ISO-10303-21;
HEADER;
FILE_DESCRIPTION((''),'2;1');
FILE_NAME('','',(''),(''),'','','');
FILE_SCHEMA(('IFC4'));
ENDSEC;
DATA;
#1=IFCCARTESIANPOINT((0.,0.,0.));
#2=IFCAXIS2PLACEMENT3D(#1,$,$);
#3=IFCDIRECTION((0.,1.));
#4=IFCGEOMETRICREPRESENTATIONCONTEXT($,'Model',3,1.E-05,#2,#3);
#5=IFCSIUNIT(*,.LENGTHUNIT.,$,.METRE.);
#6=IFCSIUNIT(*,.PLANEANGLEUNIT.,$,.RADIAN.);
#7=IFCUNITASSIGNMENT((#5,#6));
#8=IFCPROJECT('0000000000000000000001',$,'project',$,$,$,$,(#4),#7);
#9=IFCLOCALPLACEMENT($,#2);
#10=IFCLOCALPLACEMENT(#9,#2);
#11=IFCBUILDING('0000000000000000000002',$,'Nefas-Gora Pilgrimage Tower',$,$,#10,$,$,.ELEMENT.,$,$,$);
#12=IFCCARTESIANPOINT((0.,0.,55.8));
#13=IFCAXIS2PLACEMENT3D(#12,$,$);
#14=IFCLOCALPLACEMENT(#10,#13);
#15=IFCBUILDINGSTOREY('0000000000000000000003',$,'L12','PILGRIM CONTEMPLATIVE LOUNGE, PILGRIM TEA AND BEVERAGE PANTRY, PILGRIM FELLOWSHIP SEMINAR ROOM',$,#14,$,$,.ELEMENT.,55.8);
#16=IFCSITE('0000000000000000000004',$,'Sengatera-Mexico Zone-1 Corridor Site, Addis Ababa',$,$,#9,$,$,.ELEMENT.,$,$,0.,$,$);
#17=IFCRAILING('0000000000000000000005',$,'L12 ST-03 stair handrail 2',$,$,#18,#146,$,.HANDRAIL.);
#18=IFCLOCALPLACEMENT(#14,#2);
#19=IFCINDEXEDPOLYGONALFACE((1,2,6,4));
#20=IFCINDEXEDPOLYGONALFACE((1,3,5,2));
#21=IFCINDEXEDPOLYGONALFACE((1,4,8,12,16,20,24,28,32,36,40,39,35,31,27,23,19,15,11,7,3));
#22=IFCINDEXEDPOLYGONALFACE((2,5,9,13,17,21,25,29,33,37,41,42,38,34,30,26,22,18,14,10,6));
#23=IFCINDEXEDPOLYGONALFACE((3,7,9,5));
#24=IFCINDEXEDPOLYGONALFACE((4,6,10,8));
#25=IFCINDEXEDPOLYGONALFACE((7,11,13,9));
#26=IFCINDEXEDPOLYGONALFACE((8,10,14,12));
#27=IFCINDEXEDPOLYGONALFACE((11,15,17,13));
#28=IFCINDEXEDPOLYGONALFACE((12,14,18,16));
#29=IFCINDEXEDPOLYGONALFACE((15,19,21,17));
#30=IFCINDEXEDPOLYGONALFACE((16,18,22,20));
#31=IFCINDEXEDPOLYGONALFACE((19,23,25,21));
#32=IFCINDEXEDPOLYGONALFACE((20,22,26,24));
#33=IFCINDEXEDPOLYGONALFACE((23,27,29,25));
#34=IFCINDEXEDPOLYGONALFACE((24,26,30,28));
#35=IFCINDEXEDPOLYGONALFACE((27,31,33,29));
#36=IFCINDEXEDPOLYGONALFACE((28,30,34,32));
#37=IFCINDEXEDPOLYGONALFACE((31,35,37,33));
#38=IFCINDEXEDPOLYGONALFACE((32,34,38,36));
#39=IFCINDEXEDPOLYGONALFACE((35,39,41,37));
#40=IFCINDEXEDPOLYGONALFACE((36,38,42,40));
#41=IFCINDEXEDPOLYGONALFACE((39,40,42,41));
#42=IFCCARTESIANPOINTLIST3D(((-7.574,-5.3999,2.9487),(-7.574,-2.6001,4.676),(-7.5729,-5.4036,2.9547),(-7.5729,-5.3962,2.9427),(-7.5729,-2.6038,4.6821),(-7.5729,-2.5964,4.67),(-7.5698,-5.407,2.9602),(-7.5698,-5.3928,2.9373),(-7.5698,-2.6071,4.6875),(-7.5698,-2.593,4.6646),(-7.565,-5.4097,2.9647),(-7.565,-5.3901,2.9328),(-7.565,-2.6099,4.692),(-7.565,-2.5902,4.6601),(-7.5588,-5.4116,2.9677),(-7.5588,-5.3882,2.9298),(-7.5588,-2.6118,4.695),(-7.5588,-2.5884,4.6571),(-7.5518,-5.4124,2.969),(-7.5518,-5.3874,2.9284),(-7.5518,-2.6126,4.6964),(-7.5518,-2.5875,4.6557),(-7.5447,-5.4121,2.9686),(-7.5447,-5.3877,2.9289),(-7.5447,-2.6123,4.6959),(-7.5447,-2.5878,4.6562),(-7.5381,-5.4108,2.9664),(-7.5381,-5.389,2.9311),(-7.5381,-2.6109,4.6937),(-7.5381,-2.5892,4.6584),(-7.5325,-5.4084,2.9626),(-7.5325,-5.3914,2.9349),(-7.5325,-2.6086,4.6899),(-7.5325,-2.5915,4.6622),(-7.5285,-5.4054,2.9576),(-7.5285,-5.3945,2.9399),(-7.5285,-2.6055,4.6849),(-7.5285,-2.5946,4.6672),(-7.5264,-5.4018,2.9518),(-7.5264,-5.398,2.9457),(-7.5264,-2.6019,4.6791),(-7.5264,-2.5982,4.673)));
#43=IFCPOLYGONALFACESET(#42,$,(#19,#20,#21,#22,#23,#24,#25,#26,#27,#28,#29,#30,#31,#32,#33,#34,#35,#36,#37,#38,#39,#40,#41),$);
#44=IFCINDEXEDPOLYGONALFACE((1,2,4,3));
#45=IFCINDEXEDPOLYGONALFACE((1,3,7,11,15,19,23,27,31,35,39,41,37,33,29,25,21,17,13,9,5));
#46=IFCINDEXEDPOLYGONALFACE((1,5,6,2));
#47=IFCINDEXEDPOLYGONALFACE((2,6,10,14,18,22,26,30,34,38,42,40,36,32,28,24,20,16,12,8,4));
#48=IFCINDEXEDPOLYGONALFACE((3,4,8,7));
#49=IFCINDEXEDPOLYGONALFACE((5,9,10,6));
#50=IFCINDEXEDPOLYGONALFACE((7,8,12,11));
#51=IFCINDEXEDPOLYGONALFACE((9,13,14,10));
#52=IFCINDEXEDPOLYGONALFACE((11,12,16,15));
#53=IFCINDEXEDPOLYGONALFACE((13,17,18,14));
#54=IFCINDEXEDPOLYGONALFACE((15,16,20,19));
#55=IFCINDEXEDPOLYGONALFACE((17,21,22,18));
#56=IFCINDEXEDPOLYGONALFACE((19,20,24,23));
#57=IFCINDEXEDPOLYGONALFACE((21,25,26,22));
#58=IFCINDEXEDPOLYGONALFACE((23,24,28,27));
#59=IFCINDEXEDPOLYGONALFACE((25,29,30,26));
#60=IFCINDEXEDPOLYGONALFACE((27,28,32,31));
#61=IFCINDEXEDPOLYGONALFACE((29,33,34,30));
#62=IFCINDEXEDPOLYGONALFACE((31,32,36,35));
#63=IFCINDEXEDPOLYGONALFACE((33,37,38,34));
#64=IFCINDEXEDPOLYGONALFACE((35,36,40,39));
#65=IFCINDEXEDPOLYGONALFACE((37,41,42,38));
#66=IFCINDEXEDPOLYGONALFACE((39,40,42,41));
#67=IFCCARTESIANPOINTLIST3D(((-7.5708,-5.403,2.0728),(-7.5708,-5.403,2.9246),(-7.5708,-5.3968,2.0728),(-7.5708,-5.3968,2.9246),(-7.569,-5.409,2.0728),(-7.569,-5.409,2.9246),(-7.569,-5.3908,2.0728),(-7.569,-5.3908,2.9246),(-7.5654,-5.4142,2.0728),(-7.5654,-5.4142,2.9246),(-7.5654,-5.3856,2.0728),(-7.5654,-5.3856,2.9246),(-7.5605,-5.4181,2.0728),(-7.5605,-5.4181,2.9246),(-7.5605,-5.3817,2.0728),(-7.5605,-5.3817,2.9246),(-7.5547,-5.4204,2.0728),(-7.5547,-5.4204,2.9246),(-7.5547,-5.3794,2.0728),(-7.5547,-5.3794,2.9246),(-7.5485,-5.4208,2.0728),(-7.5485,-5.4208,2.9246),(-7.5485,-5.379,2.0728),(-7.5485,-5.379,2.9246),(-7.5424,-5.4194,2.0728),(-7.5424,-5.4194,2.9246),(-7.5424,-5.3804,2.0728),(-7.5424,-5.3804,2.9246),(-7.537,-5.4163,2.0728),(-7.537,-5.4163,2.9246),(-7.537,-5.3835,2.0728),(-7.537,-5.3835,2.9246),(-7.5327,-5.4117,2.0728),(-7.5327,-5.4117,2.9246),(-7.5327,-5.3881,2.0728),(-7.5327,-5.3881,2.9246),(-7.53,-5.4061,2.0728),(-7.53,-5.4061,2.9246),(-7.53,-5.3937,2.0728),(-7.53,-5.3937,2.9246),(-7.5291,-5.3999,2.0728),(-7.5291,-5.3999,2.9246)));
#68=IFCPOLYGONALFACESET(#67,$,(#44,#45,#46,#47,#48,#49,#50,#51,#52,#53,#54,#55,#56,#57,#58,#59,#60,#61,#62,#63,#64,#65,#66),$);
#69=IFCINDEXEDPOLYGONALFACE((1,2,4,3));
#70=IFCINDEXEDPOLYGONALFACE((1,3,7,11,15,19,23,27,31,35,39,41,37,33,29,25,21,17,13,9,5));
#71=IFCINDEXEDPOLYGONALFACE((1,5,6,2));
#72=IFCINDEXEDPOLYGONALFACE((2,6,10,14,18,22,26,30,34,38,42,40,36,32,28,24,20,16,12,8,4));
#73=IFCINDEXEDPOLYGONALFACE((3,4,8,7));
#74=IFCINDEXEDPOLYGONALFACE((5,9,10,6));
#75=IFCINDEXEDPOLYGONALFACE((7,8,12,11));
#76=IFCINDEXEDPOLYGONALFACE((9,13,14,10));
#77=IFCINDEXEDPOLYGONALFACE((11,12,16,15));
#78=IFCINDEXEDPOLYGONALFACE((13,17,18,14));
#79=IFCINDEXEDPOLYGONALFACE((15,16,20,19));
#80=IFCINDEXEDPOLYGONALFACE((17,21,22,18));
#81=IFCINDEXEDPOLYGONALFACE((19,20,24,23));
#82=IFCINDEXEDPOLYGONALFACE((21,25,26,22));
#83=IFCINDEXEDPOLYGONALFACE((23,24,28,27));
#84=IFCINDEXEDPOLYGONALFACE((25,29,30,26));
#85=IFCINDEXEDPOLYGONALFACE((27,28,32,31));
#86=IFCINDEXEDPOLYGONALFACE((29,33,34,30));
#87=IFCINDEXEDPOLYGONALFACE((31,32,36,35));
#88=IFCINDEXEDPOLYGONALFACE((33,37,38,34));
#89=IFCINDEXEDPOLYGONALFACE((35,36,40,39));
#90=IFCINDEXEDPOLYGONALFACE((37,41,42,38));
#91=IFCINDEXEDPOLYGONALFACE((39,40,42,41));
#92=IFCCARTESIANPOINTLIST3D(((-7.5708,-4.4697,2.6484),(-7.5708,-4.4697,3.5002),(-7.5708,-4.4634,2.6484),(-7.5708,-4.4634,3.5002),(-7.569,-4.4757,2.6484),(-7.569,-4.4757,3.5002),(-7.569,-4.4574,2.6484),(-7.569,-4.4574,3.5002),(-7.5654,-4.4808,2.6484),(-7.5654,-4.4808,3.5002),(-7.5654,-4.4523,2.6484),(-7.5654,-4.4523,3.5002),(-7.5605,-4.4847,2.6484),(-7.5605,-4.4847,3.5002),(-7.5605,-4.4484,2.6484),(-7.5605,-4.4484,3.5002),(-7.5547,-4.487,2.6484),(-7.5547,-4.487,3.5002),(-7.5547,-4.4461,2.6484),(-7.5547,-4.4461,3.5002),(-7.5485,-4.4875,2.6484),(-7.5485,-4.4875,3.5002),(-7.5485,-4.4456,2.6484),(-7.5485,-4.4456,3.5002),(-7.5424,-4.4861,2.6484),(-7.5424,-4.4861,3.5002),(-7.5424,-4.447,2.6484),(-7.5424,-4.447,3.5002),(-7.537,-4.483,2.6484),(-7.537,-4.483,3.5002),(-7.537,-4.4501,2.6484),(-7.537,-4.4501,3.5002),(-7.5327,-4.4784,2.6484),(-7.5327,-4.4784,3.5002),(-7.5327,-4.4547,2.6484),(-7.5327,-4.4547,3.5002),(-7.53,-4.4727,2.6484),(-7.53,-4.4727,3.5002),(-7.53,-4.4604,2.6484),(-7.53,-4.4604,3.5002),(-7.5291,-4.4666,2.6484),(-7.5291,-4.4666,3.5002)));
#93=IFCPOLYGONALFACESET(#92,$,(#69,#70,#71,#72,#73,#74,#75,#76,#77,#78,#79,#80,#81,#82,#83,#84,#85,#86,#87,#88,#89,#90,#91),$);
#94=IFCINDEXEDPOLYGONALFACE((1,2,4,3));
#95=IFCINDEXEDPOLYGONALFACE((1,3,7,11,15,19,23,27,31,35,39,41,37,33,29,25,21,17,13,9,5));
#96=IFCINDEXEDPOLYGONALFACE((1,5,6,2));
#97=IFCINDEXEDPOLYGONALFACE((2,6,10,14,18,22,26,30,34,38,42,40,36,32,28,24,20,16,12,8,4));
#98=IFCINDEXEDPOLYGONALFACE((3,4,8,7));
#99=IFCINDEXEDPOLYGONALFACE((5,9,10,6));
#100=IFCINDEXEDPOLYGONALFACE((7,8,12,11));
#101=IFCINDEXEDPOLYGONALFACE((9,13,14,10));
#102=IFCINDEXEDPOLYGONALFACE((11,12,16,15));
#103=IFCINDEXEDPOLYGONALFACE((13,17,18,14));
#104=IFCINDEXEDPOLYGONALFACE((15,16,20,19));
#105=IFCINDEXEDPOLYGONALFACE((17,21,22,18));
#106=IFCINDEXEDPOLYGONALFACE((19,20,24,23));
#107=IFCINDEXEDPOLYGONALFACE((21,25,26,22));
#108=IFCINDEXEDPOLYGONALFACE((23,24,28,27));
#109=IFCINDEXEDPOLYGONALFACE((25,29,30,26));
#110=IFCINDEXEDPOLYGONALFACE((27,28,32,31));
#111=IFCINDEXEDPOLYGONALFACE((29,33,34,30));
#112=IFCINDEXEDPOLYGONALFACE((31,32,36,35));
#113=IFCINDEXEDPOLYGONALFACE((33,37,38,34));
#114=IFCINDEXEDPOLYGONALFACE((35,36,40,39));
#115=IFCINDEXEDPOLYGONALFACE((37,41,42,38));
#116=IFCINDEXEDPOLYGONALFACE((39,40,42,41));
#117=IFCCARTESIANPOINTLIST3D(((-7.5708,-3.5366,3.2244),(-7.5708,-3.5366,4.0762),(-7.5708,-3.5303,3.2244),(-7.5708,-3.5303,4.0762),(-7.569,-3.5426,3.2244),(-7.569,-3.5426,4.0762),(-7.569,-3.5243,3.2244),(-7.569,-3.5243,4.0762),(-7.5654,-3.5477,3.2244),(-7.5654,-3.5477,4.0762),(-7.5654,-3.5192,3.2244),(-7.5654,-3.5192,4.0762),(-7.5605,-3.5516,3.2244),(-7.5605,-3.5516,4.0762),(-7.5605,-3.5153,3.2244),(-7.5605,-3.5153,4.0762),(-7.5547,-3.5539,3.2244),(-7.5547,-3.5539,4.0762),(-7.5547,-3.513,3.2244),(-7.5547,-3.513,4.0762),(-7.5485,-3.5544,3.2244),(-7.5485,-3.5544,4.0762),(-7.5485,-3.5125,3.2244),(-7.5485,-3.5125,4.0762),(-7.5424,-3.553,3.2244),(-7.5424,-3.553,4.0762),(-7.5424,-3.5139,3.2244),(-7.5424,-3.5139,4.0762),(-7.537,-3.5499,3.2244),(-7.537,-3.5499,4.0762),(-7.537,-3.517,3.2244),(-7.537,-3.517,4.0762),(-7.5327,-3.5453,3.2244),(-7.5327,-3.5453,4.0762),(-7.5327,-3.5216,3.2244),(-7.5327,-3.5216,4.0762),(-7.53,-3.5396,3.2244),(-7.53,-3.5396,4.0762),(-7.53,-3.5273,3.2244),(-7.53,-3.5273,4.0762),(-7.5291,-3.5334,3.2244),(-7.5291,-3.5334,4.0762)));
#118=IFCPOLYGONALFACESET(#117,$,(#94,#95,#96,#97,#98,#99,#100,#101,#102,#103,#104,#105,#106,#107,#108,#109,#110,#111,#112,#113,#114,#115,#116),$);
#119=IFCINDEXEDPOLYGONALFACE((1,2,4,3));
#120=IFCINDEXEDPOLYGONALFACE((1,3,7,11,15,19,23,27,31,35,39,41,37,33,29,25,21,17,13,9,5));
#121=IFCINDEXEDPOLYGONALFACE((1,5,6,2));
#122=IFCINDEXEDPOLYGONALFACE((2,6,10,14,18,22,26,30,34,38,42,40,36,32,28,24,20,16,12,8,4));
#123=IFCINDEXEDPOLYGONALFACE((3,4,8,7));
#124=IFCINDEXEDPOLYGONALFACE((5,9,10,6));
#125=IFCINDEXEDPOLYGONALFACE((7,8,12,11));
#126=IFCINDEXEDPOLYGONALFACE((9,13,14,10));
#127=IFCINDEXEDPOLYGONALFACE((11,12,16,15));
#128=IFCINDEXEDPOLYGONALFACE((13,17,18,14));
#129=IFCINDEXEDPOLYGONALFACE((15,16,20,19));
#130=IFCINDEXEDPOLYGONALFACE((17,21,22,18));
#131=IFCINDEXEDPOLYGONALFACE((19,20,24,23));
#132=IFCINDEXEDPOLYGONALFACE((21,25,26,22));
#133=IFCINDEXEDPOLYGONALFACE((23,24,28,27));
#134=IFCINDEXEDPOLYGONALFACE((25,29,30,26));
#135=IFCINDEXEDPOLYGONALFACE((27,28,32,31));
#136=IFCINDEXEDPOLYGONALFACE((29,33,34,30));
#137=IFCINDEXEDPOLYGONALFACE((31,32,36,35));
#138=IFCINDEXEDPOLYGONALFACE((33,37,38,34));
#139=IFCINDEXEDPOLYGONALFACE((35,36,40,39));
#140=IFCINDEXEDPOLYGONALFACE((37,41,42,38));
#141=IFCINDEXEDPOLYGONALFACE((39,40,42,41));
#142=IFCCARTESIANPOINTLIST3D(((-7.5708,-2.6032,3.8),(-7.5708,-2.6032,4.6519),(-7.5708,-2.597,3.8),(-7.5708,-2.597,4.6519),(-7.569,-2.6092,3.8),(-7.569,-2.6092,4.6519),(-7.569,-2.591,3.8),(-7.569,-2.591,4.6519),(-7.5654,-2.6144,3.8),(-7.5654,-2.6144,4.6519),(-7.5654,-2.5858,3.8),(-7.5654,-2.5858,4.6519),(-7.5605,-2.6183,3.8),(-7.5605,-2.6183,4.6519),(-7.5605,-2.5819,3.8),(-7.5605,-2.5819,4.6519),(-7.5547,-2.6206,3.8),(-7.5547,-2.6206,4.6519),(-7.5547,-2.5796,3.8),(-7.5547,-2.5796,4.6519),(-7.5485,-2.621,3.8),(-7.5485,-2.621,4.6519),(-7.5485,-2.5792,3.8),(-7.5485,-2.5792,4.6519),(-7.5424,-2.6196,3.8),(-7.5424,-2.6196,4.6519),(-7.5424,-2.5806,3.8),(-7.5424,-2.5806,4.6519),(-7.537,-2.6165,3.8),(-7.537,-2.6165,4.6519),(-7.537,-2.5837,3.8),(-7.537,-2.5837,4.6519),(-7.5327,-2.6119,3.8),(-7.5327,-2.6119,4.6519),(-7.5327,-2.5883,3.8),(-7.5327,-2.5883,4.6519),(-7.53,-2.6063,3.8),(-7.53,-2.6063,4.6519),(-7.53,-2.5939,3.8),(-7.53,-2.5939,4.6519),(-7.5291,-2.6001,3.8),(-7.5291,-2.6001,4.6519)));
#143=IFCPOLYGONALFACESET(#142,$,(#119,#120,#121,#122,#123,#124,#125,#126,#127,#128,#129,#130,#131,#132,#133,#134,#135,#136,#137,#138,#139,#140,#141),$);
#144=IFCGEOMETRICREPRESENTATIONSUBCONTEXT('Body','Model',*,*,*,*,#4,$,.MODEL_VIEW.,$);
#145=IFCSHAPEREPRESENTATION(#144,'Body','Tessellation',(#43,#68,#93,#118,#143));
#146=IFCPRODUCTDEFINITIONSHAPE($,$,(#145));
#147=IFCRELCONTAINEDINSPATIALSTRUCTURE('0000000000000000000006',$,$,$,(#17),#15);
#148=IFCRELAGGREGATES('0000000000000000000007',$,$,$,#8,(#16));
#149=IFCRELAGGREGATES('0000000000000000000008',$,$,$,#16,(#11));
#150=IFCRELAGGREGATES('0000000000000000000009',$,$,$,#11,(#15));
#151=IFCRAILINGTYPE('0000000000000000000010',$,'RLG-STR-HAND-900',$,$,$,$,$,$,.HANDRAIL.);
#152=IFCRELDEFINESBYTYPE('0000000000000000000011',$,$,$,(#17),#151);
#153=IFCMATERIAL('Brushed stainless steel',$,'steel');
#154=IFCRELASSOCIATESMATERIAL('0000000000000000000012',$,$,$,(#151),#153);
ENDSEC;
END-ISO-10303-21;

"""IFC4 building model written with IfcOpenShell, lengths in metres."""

from ifc_helpers import new_model, si_unit, direction, frame, origin, origin_2d, place, context, subcontext, project, spatial, circle, extrude, material, type_object, element, save


model = new_model("IFC4")

# Units and contexts
model_context = context("Model", 3, precision=1e-05, world=origin(), true_north=direction((0.0, 1.0)))
body_context = subcontext(model_context, "Body", "Model", "MODEL_VIEW")
ifc_project = project(units=[si_unit("LENGTHUNIT", "METRE"), si_unit("PLANEANGLEUNIT", "RADIAN")], contexts=[model_context])

# Site, building, storey
site_placement = place(None, origin())
site = spatial("IfcSite", under=ifc_project, at=site_placement, Name="Sengatera-Mexico Zone-1 Corridor Site, Addis Ababa", CompositionType="ELEMENT", RefElevation=0.0)
building_placement = place(site_placement, origin())
building = spatial("IfcBuilding", under=site, at=building_placement, Name="Nefas-Gora Pilgrimage Tower", CompositionType="ELEMENT")
storey_placement = place(building_placement, frame((0.0, 0.0, 55.8)))
storey = spatial("IfcBuildingStorey", under=building, at=storey_placement, Name="L12", Description="PILGRIM CONTEMPLATIVE LOUNGE, PILGRIM TEA AND BEVERAGE PANTRY, PILGRIM FELLOWSHIP SEMINAR ROOM", CompositionType="ELEMENT", Elevation=55.8)

# Railing
ifc_material_1 = material(Name="Brushed stainless steel", Category="steel")
railing_type_1 = type_object("IfcRailingType", Name="RLG-STR-HAND-900", PredefinedType="HANDRAIL", material=ifc_material_1)
railing_1_placement = place(storey_placement, frame((-7.55, -5.3999, 2.0728)))
element("IfcRailing", 1, at=railing_1_placement, inside=storey, type_object=railing_type_1, Name="L12 ST-03 stair handrail 2", PredefinedType="HANDRAIL", context=body_context, shape_type="SweptSolid", body=[
    extrude(circle(Radius=0.0239, at=origin_2d()), frame((0.0, 0.0, 0.876), z_axis=(0.0, 0.851069, 0.525054), x_axis=(-1.0, 0.0, 0.0)), (0.0, 0.0, 1.0), 3.2898),
    extrude(circle(Radius=0.021, at=origin_2d()), origin(), (0.0, 0.0, 1.0), 0.8518),
    extrude(circle(Radius=0.021, at=origin_2d()), frame((0.0, 0.9333, 0.5757)), (0.0, 0.0, 1.0), 0.8518),
    extrude(circle(Radius=0.021, at=origin_2d()), frame((0.0, 1.8665, 1.1516)), (0.0, 0.0, 1.0), 0.8518),
    extrude(circle(Radius=0.021, at=origin_2d()), frame((0.0, 2.7998, 1.7273)), (0.0, 0.0, 1.0), 0.8518),
])

save(model, "model.ifc")
